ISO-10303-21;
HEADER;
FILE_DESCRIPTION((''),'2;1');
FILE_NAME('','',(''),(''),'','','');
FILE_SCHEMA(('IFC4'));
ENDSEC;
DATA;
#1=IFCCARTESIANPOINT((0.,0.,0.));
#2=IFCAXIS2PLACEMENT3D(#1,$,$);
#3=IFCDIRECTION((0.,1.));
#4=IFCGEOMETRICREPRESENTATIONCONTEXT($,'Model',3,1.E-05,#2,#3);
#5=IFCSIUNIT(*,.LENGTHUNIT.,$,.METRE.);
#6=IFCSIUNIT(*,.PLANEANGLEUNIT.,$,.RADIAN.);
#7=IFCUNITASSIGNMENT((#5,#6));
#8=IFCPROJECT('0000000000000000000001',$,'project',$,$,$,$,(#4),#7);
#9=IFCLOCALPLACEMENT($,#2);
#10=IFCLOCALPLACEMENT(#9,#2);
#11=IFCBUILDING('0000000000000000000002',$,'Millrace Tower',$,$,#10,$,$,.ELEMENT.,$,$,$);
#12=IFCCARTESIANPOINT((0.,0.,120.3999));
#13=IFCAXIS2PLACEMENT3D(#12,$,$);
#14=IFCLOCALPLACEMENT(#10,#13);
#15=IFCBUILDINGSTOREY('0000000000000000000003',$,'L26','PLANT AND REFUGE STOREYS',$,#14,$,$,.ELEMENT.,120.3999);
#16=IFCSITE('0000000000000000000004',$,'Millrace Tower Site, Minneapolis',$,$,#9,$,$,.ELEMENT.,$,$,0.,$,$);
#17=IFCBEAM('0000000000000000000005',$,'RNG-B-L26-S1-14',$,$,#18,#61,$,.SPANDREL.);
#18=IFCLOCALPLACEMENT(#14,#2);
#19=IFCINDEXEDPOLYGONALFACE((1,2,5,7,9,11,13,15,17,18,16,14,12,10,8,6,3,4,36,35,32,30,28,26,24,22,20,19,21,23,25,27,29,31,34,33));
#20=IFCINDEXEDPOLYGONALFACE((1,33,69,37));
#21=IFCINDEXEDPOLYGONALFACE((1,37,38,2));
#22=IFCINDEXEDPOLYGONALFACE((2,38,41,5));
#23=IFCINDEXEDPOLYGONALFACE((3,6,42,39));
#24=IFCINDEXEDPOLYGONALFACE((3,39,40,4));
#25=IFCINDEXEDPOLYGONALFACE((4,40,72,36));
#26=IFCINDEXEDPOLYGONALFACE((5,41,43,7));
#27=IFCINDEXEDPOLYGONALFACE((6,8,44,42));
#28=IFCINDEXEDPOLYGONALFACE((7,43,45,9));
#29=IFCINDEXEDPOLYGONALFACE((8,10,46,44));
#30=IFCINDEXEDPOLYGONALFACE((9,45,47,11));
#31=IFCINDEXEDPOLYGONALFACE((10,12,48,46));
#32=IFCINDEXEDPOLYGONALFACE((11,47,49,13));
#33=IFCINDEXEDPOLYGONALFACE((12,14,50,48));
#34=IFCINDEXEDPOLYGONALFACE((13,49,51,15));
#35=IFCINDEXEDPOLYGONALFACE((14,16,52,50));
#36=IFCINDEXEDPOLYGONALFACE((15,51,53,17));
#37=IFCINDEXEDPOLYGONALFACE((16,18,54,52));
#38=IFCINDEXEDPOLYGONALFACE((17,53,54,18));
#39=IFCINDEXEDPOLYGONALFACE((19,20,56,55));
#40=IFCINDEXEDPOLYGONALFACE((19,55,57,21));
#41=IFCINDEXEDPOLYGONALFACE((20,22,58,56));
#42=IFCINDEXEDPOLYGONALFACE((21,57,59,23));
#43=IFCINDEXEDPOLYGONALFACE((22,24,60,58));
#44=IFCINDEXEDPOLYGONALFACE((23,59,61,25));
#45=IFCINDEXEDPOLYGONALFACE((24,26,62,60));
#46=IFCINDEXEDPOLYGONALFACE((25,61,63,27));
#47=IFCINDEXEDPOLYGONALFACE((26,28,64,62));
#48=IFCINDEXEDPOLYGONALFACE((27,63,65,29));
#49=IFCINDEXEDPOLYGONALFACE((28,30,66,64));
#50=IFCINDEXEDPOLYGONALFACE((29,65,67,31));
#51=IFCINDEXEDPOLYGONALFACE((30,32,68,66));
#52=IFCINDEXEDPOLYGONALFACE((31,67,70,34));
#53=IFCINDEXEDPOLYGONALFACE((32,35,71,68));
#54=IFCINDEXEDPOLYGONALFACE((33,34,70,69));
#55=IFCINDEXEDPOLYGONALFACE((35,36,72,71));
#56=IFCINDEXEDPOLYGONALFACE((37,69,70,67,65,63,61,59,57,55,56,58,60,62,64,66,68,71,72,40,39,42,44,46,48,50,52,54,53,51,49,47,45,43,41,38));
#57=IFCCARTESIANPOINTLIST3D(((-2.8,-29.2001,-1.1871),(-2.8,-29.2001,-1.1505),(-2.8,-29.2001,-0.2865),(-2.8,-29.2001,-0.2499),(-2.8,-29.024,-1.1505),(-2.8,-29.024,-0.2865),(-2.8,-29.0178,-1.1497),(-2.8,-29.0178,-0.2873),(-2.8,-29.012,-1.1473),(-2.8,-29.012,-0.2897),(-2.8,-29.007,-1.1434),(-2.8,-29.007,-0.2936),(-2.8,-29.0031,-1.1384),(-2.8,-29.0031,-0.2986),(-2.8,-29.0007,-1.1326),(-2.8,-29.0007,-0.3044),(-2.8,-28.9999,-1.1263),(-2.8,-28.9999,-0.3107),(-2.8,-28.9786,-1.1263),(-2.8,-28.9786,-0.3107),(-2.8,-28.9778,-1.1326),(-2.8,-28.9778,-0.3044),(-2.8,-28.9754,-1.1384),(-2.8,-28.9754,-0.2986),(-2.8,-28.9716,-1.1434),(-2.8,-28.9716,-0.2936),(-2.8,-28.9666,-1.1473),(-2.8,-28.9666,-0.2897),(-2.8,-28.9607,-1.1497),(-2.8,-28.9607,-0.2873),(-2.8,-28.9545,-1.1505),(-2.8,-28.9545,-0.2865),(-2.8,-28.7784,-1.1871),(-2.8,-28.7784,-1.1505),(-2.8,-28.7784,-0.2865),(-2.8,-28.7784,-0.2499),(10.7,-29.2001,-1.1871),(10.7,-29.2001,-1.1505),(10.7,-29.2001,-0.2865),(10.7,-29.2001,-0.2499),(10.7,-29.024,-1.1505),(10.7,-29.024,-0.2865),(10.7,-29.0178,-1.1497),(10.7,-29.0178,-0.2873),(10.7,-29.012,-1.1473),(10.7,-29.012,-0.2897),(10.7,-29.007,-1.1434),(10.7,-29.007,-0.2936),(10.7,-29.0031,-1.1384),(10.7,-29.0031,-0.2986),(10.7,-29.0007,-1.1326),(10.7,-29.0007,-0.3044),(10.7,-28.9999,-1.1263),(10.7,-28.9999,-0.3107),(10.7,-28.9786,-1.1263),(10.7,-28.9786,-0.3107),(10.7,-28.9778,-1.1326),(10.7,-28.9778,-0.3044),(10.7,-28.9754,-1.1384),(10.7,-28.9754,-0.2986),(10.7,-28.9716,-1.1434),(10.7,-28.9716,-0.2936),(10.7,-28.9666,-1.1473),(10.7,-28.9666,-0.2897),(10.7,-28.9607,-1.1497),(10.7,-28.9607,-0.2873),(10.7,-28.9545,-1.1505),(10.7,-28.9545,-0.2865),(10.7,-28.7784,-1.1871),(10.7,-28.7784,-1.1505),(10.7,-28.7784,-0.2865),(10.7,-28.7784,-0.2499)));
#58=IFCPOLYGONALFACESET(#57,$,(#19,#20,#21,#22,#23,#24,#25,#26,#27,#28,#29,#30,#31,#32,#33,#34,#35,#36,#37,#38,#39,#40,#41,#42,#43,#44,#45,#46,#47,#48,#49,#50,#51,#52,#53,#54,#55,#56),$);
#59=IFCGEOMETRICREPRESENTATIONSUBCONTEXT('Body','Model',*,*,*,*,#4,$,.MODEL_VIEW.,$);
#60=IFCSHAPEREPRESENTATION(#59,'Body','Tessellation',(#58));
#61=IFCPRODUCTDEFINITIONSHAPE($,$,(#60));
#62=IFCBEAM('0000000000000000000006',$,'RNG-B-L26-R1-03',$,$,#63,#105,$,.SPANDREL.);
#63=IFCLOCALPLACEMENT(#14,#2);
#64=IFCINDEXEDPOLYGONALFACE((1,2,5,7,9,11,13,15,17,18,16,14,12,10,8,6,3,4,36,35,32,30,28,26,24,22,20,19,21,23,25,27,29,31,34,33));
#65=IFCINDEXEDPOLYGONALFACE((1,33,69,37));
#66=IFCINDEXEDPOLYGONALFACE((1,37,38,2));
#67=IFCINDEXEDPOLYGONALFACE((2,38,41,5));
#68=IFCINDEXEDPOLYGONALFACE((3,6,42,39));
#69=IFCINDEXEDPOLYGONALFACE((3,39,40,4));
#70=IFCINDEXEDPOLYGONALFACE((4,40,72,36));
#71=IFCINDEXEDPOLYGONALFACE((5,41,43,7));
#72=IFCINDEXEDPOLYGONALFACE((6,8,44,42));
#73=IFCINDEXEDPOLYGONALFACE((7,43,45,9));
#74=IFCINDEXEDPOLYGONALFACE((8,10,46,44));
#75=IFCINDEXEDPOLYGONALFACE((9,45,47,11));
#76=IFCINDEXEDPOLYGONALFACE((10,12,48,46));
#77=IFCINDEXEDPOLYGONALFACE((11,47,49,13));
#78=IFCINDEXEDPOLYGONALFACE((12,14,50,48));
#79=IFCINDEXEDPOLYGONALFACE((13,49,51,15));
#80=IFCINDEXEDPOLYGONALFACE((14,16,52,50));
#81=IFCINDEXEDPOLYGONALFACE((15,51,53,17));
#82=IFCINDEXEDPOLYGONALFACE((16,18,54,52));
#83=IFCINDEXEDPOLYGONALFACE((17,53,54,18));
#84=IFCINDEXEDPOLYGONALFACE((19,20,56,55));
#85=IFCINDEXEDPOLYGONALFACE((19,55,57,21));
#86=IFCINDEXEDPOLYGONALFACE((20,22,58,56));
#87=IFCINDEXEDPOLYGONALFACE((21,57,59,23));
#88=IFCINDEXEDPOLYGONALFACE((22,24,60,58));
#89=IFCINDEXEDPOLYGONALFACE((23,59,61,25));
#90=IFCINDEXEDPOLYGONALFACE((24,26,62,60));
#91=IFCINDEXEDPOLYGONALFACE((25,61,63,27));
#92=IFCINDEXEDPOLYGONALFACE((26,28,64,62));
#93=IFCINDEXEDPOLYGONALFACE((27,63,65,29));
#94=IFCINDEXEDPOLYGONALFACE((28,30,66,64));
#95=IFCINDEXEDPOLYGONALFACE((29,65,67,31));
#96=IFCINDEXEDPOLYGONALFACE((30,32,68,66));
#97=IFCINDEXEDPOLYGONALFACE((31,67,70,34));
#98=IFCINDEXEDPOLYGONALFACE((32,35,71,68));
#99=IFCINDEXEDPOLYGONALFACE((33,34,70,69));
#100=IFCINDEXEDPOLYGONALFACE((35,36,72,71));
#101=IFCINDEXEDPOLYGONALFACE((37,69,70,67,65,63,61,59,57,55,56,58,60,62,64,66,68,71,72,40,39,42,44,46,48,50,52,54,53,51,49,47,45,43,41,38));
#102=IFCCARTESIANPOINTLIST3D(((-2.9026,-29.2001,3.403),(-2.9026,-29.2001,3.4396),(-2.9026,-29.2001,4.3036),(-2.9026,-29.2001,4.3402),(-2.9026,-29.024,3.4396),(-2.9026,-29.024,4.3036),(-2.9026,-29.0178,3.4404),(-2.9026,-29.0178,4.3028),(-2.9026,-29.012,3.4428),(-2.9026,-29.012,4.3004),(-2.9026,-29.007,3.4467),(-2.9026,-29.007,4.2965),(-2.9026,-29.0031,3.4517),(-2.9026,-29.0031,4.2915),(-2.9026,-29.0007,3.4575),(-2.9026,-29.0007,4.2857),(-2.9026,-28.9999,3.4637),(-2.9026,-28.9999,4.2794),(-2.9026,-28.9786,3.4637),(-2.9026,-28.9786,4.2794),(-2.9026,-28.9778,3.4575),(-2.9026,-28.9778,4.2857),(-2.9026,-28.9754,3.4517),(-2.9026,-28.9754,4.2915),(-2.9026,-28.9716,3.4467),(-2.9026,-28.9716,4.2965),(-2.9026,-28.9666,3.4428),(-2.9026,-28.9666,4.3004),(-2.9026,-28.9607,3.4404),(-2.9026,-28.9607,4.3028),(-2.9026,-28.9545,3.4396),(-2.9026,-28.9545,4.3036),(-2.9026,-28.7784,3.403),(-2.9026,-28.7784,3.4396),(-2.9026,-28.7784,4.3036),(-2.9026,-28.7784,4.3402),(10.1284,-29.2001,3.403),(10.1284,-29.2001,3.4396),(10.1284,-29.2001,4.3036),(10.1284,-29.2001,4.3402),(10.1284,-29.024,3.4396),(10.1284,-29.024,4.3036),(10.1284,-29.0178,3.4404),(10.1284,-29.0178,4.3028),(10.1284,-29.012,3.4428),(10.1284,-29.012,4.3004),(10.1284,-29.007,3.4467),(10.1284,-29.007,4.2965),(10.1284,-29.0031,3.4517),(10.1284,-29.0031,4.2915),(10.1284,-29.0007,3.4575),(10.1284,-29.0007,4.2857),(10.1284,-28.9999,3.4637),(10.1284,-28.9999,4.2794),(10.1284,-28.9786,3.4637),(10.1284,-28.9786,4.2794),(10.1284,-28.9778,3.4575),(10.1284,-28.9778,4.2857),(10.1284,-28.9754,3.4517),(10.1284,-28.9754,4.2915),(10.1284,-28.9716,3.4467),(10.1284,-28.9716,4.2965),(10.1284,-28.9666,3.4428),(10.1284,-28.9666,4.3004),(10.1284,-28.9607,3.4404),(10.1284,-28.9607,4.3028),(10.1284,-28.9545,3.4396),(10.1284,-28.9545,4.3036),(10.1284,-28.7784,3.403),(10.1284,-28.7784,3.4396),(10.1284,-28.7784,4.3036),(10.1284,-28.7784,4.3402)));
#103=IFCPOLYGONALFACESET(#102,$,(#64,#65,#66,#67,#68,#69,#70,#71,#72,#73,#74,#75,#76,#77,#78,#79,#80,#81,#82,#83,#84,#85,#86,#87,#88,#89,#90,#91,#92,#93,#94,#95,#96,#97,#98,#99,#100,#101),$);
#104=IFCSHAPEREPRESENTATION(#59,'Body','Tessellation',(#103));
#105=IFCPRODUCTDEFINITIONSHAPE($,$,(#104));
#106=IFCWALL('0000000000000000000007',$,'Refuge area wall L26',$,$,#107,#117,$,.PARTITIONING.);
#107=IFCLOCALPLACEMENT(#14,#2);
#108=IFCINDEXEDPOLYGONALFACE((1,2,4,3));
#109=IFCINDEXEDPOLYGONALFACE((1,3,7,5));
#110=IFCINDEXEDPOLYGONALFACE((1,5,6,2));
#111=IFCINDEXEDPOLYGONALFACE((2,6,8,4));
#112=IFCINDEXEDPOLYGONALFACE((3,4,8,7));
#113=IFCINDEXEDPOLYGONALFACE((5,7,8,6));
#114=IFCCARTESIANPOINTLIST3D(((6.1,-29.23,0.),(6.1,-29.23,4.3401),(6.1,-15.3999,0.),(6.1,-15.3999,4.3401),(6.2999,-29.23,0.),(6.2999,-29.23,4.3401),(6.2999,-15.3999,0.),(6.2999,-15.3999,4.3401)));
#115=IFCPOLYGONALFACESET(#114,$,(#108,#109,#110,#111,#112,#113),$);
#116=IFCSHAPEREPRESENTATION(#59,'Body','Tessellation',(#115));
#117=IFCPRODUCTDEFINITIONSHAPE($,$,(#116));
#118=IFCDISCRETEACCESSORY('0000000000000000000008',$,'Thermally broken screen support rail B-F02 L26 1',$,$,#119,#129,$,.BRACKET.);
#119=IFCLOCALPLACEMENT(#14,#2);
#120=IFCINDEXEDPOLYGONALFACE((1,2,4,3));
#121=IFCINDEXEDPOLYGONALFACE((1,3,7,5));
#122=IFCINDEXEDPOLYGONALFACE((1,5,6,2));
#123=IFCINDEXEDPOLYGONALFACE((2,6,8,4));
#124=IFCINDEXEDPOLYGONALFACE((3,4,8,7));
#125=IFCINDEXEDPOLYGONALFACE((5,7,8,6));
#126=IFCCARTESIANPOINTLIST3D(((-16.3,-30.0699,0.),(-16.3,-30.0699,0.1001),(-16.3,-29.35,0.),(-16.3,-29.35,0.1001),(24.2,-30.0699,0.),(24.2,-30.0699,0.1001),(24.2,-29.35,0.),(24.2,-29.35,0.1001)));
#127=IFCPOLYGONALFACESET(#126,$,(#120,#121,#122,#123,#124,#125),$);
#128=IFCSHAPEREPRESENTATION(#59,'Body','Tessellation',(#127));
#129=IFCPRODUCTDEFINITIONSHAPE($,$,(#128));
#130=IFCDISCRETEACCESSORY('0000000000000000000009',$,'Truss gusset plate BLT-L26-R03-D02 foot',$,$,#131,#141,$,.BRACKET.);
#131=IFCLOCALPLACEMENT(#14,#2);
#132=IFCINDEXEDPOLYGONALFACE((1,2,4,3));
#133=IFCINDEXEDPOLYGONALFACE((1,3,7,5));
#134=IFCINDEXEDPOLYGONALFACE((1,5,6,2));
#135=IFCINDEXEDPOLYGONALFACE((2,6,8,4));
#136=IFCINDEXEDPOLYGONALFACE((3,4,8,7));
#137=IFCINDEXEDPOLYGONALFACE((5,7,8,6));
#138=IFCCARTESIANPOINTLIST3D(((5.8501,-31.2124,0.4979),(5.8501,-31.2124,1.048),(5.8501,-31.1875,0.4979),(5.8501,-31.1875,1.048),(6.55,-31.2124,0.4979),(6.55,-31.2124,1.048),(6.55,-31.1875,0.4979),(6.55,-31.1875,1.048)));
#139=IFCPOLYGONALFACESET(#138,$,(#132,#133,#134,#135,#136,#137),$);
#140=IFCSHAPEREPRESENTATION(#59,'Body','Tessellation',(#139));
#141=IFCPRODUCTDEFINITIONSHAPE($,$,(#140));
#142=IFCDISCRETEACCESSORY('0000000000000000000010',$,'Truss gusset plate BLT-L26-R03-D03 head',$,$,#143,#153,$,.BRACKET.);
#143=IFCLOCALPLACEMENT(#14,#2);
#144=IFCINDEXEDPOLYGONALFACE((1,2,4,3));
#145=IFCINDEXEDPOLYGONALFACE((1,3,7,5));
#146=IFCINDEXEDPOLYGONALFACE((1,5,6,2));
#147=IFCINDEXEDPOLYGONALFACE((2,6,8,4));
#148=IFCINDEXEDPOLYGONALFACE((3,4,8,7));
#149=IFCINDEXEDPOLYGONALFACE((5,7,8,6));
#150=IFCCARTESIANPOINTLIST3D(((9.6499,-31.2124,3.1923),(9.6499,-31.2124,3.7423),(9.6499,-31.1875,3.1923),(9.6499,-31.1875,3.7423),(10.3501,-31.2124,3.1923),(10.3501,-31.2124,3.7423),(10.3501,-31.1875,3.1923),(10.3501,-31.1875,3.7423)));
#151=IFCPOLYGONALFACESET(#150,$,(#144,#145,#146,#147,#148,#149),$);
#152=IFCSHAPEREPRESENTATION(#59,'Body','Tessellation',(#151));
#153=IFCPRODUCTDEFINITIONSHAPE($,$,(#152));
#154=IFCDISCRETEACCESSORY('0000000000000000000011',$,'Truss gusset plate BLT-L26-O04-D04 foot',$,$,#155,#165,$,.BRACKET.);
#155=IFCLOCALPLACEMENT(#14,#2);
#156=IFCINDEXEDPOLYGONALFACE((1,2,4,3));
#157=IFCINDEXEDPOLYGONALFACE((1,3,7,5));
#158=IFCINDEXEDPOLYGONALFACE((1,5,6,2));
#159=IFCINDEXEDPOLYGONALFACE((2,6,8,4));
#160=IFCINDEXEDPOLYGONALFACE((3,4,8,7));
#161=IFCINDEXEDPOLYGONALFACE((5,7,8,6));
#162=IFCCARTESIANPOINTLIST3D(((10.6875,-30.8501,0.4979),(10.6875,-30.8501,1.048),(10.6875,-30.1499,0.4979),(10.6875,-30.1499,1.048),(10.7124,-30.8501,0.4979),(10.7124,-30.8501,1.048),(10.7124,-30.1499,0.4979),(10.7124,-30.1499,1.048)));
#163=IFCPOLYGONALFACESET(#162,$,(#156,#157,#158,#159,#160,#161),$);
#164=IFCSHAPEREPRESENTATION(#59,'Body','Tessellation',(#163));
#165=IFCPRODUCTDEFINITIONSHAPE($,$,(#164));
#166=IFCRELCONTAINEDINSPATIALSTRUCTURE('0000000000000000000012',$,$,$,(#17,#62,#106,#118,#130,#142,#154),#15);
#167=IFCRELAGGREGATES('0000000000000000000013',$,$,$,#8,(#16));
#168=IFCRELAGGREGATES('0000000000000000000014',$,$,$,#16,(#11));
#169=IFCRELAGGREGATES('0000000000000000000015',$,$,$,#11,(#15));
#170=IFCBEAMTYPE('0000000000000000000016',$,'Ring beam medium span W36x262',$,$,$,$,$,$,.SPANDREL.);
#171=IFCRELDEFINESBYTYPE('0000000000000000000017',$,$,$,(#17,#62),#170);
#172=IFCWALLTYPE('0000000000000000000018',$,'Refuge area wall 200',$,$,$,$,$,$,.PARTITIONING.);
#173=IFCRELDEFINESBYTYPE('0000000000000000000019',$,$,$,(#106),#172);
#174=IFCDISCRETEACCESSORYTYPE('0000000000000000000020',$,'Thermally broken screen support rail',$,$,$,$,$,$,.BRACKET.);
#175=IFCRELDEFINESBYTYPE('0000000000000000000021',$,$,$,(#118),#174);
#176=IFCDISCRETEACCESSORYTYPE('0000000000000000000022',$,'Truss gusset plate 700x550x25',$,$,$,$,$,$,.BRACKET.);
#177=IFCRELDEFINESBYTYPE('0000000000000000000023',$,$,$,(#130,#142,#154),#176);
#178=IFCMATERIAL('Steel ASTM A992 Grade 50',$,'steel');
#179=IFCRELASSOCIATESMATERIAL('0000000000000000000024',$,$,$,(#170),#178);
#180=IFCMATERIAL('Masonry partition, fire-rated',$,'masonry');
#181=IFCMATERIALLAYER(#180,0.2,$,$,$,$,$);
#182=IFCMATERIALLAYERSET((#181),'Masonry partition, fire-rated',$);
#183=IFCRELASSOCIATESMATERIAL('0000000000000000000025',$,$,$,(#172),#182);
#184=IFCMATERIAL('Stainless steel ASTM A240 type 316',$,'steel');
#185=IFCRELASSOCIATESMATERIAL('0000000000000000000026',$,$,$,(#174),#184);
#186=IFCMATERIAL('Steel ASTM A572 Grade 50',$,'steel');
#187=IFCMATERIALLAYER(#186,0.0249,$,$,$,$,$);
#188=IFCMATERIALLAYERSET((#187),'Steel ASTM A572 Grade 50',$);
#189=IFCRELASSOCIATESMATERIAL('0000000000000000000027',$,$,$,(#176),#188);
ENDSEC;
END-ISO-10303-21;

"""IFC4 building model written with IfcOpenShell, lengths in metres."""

from ifc_helpers import new_model, si_unit, direction, frame, frame_2d, origin, origin_2d, place, context, subcontext, project, spatial, rectangle, i_section, extrude, material, layer, layer_set, material_profile, profile_set, type_object, element, save


model = new_model("IFC4")

# Units and contexts
model_context = context("Model", 3, precision=1e-05, world=origin(), true_north=direction((0.0, 1.0)))
body_context = subcontext(model_context, "Body", "Model", "MODEL_VIEW")
ifc_project = project(units=[si_unit("LENGTHUNIT", "METRE"), si_unit("PLANEANGLEUNIT", "RADIAN")], contexts=[model_context])

# Site, building, storey
site_placement = place(None, origin())
site = spatial("IfcSite", under=ifc_project, at=site_placement, Name="Millrace Tower Site, Minneapolis", CompositionType="ELEMENT", RefElevation=0.0)
building_placement = place(site_placement, origin())
building = spatial("IfcBuilding", under=site, at=building_placement, Name="Millrace Tower", CompositionType="ELEMENT")
storey_placement = place(building_placement, frame((0.0, 0.0, 120.3999)))
storey = spatial("IfcBuildingStorey", under=building, at=storey_placement, Name="L26", Description="PLANT AND REFUGE STOREYS", CompositionType="ELEMENT", Elevation=120.3999)

# Beams
ifc_material_1 = material(Name="Steel ASTM A992 Grade 50", Category="steel")
ifc_material_profile_1 = material_profile(ifc_material_1, i_section(OverallWidth=0.4216, OverallDepth=0.9373, WebThickness=0.0212, FlangeThickness=0.0366, FilletRadius=0.0242, at=origin_2d()))
ifc_profile_set_1 = profile_set([ifc_material_profile_1], Name="Steel ASTM A992 Grade 50")
beam_type_1 = type_object("IfcBeamType", Name="Ring beam medium span W36x262", PredefinedType="SPANDREL", material=ifc_profile_set_1)
beam_1_placement = place(storey_placement, frame((10.7, -28.9893, -0.7185), z_axis=(-1.0, 0.0, 0.0), x_axis=(0.0, -1.0, 0.0)))
element("IfcBeam", 1, at=beam_1_placement, inside=storey, type_object=beam_type_1, Name="RNG-B-L26-S1-14", PredefinedType="SPANDREL", context=body_context, shape_type="SweptSolid", body=[
    extrude(i_section(OverallWidth=0.4216, OverallDepth=0.9373, WebThickness=0.0212, FlangeThickness=0.0366, FilletRadius=0.0242, at=origin_2d()), origin(), (0.0, 0.0, 1.0), 13.5),
])
beam_2_placement = place(storey_placement, frame((10.1284, -28.9893, 3.8716), z_axis=(-1.0, 0.0, 0.0), x_axis=(0.0, -1.0, 0.0)))
element("IfcBeam", 2, at=beam_2_placement, inside=storey, type_object=beam_type_1, Name="RNG-B-L26-R1-03", PredefinedType="SPANDREL", context=body_context, shape_type="SweptSolid", body=[
    extrude(i_section(OverallWidth=0.4216, OverallDepth=0.9373, WebThickness=0.0212, FlangeThickness=0.0366, FilletRadius=0.0242, at=origin_2d()), origin(), (0.0, 0.0, 1.0), 13.031),
])

# Wall
ifc_material_2 = material(Name="Masonry partition, fire-rated", Category="masonry")
ifc_layer_1 = layer(ifc_material_2, 0.2)
ifc_layer_set_1 = layer_set([ifc_layer_1], Name="Masonry partition, fire-rated")
wall_type = type_object("IfcWallType", Name="Refuge area wall 200", PredefinedType="PARTITIONING", material=ifc_layer_set_1)
wall_placement = place(storey_placement, frame((6.2, -29.23, 0.0), z_axis=(0.0, 0.0, 1.0), x_axis=(0.0, 1.0, 0.0)))
element("IfcWall", 3, at=wall_placement, inside=storey, type_object=wall_type, Name="Refuge area wall L26", PredefinedType="PARTITIONING", context=body_context, shape_type="SweptSolid", body=[
    extrude(rectangle(XDim=13.8301, YDim=0.2, at=frame_2d((6.915, 0.0))), origin(), (0.0, 0.0, 1.0), 4.3401),
])

# Discrete accessories
ifc_material_3 = material(Name="Stainless steel ASTM A240 type 316", Category="steel")
discrete_accessory_type_1 = type_object("IfcDiscreteAccessoryType", Name="Thermally broken screen support rail", PredefinedType="BRACKET", material=ifc_material_3)
discrete_accessory_1_placement = place(storey_placement, frame((3.95, -29.71, 0.0), z_axis=(0.0, 0.0, 1.0), x_axis=(1.0, 0.0, 0.0)))
element("IfcDiscreteAccessory", 4, at=discrete_accessory_1_placement, inside=storey, type_object=discrete_accessory_type_1, Name="Thermally broken screen support rail B-F02 L26 1", PredefinedType="BRACKET", context=body_context, shape_type="SweptSolid", body=[
    extrude(rectangle(XDim=40.5, YDim=0.72, at=origin_2d()), origin(), (0.0, 0.0, 1.0), 0.1001),
])
ifc_material_4 = material(Name="Steel ASTM A572 Grade 50", Category="steel")
ifc_layer_2 = layer(ifc_material_4, 0.0249)
ifc_layer_set_2 = layer_set([ifc_layer_2], Name="Steel ASTM A572 Grade 50")
discrete_accessory_type_2 = type_object("IfcDiscreteAccessoryType", Name="Truss gusset plate 700x550x25", PredefinedType="BRACKET", material=ifc_layer_set_2)
discrete_accessory_2_placement = place(storey_placement, frame((5.8501, -31.2, 0.7729), z_axis=(1.0, 0.0, 0.0), x_axis=(0.0, 1.0, 0.0)))
element("IfcDiscreteAccessory", 5, at=discrete_accessory_2_placement, inside=storey, type_object=discrete_accessory_type_2, Name="Truss gusset plate BLT-L26-R03-D02 foot", PredefinedType="BRACKET", context=body_context, shape_type="SweptSolid", body=[
    extrude(rectangle(XDim=0.0249, YDim=0.55, at=origin_2d()), origin(), (0.0, 0.0, 1.0), 0.7),
])
for number, where, z_axis, x_axis, name in (
    (6, (9.6499, -31.2, 3.4673), (1.0, 0.0, 0.0), (0.0, 1.0, 0.0), "Truss gusset plate BLT-L26-R03-D03 head"),
    (7, (10.7, -30.8501, 0.7729), (0.0, 1.0, 0.0), (-1.0, 0.0, 0.0), "Truss gusset plate BLT-L26-O04-D04 foot"),
):
    element("IfcDiscreteAccessory", number, at=place(storey_placement, frame(where, z_axis=z_axis, x_axis=x_axis)), inside=storey, type_object=discrete_accessory_type_2, Name=name, PredefinedType="BRACKET", context=body_context, shape_type="SweptSolid", body=[
        extrude(rectangle(XDim=0.0249, YDim=0.55, at=origin_2d()), origin(), (0.0, 0.0, 1.0), 0.7002),
    ])

save(model, "model.ifc")
